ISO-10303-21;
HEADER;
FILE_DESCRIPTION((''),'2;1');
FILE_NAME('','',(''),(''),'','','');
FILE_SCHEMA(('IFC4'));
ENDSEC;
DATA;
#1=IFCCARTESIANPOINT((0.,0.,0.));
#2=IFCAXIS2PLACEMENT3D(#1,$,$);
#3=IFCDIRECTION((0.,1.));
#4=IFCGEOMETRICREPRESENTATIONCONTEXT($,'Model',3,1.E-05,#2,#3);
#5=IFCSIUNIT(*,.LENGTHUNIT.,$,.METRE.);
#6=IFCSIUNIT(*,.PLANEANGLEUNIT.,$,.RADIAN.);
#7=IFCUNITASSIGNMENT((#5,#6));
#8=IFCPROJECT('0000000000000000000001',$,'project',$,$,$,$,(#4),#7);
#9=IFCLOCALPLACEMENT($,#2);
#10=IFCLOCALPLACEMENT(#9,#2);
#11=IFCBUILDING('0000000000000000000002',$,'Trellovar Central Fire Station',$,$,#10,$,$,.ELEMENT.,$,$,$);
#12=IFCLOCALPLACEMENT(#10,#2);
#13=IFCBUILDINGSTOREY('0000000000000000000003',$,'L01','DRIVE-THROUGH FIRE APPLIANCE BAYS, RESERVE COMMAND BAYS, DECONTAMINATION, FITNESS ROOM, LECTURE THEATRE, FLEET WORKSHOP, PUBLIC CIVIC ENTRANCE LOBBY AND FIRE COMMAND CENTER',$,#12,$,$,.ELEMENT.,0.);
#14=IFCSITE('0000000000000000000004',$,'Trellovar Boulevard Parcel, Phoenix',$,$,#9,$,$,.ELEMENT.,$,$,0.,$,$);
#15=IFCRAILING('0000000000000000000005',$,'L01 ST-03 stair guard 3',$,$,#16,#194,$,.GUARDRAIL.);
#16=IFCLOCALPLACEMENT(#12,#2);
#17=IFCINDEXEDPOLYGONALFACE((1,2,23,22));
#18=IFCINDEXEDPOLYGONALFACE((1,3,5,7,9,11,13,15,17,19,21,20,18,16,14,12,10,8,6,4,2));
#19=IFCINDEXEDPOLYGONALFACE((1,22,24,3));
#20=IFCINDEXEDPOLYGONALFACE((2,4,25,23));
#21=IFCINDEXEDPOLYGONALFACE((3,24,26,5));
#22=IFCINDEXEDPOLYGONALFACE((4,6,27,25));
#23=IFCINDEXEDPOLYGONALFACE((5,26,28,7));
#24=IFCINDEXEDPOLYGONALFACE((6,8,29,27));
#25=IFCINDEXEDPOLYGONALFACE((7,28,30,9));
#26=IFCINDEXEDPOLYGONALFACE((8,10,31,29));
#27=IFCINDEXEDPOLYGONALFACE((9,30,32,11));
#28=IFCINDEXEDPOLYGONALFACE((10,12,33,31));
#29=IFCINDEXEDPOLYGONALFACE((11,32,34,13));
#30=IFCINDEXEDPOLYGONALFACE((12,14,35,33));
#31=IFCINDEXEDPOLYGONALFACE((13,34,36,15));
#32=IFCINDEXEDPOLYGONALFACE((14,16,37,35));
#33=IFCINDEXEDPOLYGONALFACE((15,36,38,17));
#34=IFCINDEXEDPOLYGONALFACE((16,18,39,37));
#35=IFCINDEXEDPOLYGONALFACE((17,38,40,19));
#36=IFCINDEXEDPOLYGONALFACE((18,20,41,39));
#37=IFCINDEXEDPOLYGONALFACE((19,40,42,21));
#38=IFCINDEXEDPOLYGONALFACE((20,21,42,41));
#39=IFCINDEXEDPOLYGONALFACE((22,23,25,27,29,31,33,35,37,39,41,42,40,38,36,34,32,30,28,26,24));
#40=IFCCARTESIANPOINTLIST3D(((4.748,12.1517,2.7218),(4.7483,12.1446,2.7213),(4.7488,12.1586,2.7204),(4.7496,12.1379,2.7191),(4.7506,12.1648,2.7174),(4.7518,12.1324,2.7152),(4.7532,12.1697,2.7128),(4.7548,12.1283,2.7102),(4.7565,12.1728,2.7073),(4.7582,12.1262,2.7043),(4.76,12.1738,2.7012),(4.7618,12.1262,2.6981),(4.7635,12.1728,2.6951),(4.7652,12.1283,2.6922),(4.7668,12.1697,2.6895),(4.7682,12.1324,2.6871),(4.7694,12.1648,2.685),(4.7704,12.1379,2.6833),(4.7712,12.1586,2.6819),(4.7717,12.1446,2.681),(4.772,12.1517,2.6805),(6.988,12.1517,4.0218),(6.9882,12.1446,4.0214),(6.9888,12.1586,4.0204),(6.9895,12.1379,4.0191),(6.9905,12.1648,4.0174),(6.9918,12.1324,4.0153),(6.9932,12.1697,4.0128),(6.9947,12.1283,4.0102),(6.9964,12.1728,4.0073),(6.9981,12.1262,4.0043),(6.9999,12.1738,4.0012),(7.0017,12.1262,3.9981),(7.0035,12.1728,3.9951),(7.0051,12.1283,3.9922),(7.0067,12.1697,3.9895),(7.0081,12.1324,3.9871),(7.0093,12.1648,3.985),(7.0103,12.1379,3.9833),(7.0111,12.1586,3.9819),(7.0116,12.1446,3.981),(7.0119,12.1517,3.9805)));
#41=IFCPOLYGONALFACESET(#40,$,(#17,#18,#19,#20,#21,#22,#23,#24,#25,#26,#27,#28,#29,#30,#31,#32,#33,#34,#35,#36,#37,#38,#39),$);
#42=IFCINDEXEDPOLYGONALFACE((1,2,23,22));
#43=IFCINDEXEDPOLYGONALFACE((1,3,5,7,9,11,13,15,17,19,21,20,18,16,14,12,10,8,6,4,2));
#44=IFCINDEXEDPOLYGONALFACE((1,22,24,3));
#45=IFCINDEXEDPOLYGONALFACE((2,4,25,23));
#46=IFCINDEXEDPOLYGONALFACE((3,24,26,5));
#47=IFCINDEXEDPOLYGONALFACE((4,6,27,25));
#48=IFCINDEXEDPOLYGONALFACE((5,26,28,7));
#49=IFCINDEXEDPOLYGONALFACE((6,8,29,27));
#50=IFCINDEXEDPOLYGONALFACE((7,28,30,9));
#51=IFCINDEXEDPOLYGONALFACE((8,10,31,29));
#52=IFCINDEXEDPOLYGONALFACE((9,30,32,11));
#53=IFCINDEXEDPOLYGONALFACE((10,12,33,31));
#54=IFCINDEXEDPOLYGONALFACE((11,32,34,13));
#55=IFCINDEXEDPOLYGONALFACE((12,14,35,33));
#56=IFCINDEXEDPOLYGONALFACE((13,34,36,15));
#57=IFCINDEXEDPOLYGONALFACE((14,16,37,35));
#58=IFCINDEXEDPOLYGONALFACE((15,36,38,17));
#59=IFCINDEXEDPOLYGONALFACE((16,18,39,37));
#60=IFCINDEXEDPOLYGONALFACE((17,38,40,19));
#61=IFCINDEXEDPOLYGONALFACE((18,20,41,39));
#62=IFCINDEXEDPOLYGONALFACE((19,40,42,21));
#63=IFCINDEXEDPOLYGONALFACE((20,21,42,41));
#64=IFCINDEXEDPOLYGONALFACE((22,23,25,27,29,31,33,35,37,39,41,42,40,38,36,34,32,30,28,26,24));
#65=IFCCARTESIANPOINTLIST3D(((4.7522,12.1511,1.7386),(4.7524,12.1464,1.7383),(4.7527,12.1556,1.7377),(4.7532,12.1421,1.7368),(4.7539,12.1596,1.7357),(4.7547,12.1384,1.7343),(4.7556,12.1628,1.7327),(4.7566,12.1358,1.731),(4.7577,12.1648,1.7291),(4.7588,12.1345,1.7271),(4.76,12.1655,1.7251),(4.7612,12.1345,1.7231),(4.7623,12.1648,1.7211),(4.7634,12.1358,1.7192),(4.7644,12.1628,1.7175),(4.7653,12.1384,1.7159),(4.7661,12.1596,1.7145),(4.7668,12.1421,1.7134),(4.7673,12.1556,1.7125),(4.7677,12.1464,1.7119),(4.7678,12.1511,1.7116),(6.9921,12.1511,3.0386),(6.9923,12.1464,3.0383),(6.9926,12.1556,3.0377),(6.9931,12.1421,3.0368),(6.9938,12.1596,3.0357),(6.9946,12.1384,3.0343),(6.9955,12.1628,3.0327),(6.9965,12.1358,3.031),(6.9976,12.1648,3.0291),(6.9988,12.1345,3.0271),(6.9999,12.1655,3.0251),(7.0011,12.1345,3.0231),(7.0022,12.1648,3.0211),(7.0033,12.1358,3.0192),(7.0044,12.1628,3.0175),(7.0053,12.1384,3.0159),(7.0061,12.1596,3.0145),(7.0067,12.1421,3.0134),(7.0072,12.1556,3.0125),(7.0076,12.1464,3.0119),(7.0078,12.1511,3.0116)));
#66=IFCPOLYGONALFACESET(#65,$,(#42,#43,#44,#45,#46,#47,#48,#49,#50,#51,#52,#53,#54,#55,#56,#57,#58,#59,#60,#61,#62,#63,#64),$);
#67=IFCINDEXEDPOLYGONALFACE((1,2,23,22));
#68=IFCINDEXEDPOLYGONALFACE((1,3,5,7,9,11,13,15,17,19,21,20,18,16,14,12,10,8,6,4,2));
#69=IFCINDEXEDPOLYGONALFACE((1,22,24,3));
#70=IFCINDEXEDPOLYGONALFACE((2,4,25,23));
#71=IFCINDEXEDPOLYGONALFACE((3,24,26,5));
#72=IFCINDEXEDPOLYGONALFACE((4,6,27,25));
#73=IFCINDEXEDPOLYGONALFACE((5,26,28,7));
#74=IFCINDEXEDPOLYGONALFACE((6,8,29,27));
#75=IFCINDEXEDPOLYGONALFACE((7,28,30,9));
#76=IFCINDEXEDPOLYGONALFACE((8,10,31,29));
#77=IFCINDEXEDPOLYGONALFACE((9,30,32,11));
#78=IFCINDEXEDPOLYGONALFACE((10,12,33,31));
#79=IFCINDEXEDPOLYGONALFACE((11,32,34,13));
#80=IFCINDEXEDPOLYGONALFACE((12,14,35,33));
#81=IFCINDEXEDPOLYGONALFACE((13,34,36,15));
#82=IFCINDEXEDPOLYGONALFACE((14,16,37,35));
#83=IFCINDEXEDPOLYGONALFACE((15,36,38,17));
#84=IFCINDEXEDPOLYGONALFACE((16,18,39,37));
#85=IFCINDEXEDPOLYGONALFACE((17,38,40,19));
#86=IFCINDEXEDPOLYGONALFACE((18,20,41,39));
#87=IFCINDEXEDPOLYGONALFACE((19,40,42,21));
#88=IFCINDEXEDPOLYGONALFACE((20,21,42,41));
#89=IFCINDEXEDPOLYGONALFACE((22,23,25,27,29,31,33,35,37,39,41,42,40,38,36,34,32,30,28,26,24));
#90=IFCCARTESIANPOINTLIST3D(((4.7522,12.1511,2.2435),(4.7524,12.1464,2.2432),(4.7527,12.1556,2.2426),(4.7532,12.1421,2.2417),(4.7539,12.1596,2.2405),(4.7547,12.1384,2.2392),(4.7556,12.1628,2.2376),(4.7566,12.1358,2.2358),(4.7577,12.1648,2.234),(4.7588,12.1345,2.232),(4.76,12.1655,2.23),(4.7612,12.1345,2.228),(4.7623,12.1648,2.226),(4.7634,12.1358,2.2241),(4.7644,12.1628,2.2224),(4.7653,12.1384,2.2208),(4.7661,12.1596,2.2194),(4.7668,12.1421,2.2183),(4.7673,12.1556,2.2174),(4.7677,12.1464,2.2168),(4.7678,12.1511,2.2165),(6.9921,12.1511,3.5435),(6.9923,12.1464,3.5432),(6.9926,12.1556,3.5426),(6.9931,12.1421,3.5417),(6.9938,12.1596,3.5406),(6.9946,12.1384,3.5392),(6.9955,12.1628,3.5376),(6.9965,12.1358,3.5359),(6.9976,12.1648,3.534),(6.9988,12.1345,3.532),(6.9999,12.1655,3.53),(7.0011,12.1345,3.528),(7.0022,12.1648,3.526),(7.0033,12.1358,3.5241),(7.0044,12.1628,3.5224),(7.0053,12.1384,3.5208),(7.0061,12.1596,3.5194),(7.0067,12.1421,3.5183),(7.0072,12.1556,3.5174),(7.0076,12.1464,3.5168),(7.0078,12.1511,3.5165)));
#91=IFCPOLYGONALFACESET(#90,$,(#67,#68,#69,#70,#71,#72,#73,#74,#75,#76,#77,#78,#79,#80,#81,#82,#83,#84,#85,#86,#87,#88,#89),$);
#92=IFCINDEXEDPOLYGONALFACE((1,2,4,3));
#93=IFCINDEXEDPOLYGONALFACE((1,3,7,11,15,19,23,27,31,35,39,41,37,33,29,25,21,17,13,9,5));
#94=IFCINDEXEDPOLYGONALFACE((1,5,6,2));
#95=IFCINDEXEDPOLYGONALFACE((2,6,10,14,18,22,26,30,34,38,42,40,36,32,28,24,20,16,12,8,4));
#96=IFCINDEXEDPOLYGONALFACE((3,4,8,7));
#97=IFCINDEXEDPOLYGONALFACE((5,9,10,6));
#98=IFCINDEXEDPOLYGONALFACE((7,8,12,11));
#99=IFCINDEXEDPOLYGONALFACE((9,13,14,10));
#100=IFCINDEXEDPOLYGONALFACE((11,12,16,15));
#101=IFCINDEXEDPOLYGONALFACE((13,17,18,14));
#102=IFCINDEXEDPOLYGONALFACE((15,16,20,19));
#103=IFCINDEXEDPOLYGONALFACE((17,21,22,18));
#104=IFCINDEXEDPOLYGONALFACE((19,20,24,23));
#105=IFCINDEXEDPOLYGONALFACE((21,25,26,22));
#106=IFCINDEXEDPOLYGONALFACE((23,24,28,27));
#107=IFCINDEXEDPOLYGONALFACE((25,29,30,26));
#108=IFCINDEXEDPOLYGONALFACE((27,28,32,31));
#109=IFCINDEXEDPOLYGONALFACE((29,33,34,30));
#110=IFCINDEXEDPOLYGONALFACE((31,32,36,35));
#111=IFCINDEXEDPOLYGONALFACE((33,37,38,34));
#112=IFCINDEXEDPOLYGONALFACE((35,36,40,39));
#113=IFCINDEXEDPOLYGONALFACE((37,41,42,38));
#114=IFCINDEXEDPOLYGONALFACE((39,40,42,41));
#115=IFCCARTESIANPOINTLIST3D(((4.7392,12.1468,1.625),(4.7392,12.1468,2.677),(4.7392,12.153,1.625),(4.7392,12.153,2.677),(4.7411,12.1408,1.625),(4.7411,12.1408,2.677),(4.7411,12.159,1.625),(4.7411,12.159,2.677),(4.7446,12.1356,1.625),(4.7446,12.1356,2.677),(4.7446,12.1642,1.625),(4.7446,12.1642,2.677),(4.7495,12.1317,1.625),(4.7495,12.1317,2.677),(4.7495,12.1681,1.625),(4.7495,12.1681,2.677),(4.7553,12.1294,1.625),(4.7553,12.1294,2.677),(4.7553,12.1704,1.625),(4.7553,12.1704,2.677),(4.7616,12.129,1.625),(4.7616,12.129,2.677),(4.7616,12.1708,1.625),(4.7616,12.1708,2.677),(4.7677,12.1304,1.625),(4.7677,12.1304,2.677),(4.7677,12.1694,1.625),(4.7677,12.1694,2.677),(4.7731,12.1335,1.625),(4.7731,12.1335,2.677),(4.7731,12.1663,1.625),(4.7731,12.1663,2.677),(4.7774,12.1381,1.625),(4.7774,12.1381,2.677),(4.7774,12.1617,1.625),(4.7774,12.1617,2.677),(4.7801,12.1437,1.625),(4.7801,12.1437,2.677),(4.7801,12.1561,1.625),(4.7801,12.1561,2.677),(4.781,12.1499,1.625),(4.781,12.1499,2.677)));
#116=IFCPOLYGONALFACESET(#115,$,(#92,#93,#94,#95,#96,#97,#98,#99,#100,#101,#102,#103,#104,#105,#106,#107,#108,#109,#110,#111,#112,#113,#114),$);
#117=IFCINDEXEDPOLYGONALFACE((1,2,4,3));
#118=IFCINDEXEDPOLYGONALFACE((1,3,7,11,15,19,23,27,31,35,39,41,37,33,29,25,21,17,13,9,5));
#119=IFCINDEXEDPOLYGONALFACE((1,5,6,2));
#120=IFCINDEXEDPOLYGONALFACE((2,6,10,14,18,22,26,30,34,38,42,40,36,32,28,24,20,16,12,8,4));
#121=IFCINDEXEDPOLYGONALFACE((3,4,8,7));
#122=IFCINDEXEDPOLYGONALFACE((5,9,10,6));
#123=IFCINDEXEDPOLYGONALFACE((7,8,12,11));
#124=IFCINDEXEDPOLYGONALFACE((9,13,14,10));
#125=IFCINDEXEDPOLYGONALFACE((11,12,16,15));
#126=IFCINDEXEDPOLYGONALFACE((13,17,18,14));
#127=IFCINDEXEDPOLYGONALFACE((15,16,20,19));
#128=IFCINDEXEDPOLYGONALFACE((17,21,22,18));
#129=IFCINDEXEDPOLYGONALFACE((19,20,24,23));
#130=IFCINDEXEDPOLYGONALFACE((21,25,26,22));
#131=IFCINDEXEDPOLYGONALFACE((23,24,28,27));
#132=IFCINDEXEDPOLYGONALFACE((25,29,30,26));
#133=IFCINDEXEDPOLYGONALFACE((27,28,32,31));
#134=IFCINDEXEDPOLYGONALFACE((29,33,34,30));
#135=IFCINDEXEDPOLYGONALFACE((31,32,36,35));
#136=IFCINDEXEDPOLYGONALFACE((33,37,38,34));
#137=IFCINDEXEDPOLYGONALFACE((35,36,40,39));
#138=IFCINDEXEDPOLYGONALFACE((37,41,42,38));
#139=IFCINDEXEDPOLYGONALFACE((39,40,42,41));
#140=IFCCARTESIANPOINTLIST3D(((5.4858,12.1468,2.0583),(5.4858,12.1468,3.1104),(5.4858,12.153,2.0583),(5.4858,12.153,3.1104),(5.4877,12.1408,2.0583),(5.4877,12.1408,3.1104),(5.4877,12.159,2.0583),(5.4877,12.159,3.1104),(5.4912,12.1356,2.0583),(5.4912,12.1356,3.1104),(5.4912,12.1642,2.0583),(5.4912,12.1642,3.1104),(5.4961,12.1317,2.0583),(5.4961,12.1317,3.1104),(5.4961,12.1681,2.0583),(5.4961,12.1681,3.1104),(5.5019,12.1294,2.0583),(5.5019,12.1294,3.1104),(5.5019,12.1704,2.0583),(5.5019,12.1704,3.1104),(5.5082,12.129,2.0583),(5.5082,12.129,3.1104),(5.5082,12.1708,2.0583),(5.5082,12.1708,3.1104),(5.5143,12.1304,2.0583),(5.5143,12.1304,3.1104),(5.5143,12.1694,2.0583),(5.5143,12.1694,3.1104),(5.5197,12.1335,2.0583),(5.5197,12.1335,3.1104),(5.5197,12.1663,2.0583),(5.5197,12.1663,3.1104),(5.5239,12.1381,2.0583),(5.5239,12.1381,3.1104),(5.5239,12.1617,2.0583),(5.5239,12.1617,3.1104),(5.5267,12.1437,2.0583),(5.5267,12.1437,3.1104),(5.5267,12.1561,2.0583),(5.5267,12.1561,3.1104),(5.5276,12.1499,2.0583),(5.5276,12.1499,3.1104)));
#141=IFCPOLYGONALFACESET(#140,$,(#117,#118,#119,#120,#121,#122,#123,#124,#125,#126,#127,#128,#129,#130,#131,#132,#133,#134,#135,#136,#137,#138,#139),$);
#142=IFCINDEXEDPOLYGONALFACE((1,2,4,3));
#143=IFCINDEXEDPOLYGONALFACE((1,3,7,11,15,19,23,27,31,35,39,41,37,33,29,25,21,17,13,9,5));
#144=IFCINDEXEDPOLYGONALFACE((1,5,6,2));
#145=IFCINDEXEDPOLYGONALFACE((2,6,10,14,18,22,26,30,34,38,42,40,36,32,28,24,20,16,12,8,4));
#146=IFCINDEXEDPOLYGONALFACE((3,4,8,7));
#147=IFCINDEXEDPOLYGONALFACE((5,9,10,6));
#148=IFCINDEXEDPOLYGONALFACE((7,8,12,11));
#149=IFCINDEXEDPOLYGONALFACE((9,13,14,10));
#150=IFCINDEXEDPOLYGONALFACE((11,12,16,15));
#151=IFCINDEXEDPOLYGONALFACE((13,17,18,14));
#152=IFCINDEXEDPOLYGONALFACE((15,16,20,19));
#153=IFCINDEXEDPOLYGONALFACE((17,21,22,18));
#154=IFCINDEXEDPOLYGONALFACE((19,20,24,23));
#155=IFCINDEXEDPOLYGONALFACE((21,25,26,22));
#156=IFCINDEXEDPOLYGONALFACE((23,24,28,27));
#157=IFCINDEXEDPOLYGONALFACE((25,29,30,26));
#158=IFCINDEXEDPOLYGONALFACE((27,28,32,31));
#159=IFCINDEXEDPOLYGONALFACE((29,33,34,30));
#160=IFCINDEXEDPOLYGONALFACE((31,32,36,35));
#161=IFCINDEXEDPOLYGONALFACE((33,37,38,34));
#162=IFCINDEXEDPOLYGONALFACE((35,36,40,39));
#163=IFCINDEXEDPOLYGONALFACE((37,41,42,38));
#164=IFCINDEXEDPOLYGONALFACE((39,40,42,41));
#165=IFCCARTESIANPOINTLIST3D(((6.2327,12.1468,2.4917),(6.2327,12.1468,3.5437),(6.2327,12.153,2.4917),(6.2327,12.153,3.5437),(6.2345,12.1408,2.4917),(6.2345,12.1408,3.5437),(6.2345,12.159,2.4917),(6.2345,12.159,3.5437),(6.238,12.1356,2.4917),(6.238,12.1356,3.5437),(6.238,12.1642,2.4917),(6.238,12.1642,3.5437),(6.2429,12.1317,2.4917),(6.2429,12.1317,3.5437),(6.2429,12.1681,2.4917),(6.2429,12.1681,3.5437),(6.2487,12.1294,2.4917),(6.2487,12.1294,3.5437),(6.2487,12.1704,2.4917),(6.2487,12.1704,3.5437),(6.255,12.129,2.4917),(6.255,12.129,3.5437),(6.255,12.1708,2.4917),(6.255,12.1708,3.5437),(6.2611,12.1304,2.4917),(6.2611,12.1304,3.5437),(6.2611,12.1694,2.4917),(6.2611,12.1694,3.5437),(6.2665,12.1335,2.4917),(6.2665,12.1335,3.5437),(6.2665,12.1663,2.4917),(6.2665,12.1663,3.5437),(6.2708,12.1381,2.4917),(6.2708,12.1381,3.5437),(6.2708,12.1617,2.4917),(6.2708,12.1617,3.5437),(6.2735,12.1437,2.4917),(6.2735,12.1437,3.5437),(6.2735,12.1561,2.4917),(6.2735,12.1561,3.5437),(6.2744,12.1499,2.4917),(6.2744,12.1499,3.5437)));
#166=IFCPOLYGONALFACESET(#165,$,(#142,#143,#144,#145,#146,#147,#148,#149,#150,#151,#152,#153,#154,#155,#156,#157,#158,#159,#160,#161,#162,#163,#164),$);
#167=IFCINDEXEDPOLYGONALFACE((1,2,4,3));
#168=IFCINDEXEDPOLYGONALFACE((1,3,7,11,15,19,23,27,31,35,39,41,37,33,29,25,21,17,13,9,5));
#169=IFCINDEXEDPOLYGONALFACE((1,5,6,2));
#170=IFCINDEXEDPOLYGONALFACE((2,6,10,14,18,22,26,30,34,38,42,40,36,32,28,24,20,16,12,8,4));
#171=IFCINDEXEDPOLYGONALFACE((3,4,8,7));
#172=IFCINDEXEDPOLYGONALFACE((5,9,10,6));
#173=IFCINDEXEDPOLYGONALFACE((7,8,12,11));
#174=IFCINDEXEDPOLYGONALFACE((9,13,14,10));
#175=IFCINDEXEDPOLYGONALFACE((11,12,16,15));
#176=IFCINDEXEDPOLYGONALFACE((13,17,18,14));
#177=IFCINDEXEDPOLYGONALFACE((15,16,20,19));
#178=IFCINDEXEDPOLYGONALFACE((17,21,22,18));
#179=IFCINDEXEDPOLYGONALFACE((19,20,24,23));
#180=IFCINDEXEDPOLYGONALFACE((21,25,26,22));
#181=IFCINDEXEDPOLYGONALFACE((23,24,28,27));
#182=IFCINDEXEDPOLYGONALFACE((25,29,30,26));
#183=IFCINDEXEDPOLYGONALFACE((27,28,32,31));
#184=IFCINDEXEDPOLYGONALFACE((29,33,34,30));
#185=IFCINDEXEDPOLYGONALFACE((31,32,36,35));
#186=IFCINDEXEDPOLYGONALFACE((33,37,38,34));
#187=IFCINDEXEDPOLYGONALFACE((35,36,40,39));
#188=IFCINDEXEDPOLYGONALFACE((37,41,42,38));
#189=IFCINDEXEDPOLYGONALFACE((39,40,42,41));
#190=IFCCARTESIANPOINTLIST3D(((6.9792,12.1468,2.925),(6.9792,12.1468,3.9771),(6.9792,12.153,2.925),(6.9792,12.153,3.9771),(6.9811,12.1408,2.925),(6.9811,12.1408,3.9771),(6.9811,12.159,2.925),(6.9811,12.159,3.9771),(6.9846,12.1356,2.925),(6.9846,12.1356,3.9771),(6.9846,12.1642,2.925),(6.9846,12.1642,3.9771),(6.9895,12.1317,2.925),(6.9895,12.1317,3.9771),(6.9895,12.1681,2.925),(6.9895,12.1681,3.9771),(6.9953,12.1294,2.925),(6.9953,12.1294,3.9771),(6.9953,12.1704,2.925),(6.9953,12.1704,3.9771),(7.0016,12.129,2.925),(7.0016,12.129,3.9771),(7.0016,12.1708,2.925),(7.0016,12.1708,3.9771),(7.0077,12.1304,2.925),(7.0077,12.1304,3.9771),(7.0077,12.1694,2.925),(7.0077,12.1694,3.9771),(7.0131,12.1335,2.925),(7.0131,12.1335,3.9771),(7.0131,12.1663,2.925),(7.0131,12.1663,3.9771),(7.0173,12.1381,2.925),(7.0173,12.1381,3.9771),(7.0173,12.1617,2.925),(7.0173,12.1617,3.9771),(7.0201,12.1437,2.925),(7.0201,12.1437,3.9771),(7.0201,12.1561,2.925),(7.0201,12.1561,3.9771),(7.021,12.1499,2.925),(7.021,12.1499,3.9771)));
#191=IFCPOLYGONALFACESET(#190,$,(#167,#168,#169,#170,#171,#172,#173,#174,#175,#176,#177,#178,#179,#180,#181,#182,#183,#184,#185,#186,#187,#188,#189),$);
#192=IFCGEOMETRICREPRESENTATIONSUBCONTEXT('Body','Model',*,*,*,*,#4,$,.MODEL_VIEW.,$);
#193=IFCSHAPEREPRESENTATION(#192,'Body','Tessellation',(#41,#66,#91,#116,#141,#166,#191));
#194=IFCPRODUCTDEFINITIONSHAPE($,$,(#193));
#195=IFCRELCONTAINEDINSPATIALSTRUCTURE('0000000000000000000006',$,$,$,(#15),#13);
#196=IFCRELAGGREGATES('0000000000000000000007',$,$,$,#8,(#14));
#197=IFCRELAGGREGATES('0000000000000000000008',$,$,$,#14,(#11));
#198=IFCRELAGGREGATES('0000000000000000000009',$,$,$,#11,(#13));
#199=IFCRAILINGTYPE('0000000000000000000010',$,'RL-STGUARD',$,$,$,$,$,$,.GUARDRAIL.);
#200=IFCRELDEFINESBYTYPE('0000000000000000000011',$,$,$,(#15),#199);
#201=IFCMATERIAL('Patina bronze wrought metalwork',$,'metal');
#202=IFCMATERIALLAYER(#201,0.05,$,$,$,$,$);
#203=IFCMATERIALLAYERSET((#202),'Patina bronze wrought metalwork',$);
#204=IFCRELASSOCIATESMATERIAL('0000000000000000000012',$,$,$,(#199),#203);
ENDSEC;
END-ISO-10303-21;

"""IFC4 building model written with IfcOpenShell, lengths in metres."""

from ifc_helpers import new_model, si_unit, direction, frame, origin, origin_2d, place, context, subcontext, project, spatial, circle, extrude, material, layer, layer_set, type_object, element, save


model = new_model("IFC4")

# Units and contexts
model_context = context("Model", 3, precision=1e-05, world=origin(), true_north=direction((0.0, 1.0)))
body_context = subcontext(model_context, "Body", "Model", "MODEL_VIEW")
ifc_project = project(units=[si_unit("LENGTHUNIT", "METRE"), si_unit("PLANEANGLEUNIT", "RADIAN")], contexts=[model_context])

# Site, building, storey
site_placement = place(None, origin())
site = spatial("IfcSite", under=ifc_project, at=site_placement, Name="Trellovar Boulevard Parcel, Phoenix", CompositionType="ELEMENT", RefElevation=0.0)
building_placement = place(site_placement, origin())
building = spatial("IfcBuilding", under=site, at=building_placement, Name="Trellovar Central Fire Station", CompositionType="ELEMENT")
storey_placement = place(building_placement, origin())
storey = spatial("IfcBuildingStorey", under=building, at=storey_placement, Name="L01", Description="DRIVE-THROUGH FIRE APPLIANCE BAYS, RESERVE COMMAND BAYS, DECONTAMINATION, FITNESS ROOM, LECTURE THEATRE, FLEET WORKSHOP, PUBLIC CIVIC ENTRANCE LOBBY AND FIRE COMMAND CENTER", CompositionType="ELEMENT", Elevation=0.0)

# Railing
ifc_material_1 = material(Name="Patina bronze wrought metalwork", Category="metal")
ifc_layer_1 = layer(ifc_material_1, 0.05)
ifc_layer_set_1 = layer_set([ifc_layer_1], Name="Patina bronze wrought metalwork")
railing_type_1 = type_object("IfcRailingType", Name="RL-STGUARD", PredefinedType="GUARDRAIL", material=ifc_layer_set_1)
railing_1_placement = place(storey_placement, frame((4.76, 12.1499, 1.625)))
element("IfcRailing", 1, at=railing_1_placement, inside=storey, type_object=railing_type_1, Name="L01 ST-03 stair guard 3", PredefinedType="GUARDRAIL", context=body_context, shape_type="SweptSolid", body=[
    extrude(circle(Radius=0.0239, at=origin_2d()), frame((0.0, 0.0, 1.0762), z_axis=(0.864888, 0.0, 0.501965), x_axis=(0.0, 1.0, 0.0)), (0.0, 0.0, 1.0), 2.5898),
    extrude(circle(Radius=0.0156, at=origin_2d()), frame((0.0, 0.0, 0.1001), z_axis=(0.864888, 0.0, 0.501965), x_axis=(0.0, 1.0, 0.0)), (0.0, 0.0, 1.0), 2.5898),
    extrude(circle(Radius=0.0156, at=origin_2d()), frame((0.0, 0.0, 0.605), z_axis=(0.864888, 0.0, 0.501965), x_axis=(0.0, 1.0, 0.0)), (0.0, 0.0, 1.0), 2.5898),
    extrude(circle(Radius=0.021, at=origin_2d()), origin(), (0.0, 0.0, 1.0), 1.052),
    extrude(circle(Radius=0.021, at=origin_2d()), frame((0.7466, 0.0, 0.4333)), (0.0, 0.0, 1.0), 1.052),
    extrude(circle(Radius=0.021, at=origin_2d()), frame((1.4934, 0.0, 0.8667)), (0.0, 0.0, 1.0), 1.052),
    extrude(circle(Radius=0.021, at=origin_2d()), frame((2.24, 0.0, 1.3)), (0.0, 0.0, 1.0), 1.052),
])

save(model, "model.ifc")
